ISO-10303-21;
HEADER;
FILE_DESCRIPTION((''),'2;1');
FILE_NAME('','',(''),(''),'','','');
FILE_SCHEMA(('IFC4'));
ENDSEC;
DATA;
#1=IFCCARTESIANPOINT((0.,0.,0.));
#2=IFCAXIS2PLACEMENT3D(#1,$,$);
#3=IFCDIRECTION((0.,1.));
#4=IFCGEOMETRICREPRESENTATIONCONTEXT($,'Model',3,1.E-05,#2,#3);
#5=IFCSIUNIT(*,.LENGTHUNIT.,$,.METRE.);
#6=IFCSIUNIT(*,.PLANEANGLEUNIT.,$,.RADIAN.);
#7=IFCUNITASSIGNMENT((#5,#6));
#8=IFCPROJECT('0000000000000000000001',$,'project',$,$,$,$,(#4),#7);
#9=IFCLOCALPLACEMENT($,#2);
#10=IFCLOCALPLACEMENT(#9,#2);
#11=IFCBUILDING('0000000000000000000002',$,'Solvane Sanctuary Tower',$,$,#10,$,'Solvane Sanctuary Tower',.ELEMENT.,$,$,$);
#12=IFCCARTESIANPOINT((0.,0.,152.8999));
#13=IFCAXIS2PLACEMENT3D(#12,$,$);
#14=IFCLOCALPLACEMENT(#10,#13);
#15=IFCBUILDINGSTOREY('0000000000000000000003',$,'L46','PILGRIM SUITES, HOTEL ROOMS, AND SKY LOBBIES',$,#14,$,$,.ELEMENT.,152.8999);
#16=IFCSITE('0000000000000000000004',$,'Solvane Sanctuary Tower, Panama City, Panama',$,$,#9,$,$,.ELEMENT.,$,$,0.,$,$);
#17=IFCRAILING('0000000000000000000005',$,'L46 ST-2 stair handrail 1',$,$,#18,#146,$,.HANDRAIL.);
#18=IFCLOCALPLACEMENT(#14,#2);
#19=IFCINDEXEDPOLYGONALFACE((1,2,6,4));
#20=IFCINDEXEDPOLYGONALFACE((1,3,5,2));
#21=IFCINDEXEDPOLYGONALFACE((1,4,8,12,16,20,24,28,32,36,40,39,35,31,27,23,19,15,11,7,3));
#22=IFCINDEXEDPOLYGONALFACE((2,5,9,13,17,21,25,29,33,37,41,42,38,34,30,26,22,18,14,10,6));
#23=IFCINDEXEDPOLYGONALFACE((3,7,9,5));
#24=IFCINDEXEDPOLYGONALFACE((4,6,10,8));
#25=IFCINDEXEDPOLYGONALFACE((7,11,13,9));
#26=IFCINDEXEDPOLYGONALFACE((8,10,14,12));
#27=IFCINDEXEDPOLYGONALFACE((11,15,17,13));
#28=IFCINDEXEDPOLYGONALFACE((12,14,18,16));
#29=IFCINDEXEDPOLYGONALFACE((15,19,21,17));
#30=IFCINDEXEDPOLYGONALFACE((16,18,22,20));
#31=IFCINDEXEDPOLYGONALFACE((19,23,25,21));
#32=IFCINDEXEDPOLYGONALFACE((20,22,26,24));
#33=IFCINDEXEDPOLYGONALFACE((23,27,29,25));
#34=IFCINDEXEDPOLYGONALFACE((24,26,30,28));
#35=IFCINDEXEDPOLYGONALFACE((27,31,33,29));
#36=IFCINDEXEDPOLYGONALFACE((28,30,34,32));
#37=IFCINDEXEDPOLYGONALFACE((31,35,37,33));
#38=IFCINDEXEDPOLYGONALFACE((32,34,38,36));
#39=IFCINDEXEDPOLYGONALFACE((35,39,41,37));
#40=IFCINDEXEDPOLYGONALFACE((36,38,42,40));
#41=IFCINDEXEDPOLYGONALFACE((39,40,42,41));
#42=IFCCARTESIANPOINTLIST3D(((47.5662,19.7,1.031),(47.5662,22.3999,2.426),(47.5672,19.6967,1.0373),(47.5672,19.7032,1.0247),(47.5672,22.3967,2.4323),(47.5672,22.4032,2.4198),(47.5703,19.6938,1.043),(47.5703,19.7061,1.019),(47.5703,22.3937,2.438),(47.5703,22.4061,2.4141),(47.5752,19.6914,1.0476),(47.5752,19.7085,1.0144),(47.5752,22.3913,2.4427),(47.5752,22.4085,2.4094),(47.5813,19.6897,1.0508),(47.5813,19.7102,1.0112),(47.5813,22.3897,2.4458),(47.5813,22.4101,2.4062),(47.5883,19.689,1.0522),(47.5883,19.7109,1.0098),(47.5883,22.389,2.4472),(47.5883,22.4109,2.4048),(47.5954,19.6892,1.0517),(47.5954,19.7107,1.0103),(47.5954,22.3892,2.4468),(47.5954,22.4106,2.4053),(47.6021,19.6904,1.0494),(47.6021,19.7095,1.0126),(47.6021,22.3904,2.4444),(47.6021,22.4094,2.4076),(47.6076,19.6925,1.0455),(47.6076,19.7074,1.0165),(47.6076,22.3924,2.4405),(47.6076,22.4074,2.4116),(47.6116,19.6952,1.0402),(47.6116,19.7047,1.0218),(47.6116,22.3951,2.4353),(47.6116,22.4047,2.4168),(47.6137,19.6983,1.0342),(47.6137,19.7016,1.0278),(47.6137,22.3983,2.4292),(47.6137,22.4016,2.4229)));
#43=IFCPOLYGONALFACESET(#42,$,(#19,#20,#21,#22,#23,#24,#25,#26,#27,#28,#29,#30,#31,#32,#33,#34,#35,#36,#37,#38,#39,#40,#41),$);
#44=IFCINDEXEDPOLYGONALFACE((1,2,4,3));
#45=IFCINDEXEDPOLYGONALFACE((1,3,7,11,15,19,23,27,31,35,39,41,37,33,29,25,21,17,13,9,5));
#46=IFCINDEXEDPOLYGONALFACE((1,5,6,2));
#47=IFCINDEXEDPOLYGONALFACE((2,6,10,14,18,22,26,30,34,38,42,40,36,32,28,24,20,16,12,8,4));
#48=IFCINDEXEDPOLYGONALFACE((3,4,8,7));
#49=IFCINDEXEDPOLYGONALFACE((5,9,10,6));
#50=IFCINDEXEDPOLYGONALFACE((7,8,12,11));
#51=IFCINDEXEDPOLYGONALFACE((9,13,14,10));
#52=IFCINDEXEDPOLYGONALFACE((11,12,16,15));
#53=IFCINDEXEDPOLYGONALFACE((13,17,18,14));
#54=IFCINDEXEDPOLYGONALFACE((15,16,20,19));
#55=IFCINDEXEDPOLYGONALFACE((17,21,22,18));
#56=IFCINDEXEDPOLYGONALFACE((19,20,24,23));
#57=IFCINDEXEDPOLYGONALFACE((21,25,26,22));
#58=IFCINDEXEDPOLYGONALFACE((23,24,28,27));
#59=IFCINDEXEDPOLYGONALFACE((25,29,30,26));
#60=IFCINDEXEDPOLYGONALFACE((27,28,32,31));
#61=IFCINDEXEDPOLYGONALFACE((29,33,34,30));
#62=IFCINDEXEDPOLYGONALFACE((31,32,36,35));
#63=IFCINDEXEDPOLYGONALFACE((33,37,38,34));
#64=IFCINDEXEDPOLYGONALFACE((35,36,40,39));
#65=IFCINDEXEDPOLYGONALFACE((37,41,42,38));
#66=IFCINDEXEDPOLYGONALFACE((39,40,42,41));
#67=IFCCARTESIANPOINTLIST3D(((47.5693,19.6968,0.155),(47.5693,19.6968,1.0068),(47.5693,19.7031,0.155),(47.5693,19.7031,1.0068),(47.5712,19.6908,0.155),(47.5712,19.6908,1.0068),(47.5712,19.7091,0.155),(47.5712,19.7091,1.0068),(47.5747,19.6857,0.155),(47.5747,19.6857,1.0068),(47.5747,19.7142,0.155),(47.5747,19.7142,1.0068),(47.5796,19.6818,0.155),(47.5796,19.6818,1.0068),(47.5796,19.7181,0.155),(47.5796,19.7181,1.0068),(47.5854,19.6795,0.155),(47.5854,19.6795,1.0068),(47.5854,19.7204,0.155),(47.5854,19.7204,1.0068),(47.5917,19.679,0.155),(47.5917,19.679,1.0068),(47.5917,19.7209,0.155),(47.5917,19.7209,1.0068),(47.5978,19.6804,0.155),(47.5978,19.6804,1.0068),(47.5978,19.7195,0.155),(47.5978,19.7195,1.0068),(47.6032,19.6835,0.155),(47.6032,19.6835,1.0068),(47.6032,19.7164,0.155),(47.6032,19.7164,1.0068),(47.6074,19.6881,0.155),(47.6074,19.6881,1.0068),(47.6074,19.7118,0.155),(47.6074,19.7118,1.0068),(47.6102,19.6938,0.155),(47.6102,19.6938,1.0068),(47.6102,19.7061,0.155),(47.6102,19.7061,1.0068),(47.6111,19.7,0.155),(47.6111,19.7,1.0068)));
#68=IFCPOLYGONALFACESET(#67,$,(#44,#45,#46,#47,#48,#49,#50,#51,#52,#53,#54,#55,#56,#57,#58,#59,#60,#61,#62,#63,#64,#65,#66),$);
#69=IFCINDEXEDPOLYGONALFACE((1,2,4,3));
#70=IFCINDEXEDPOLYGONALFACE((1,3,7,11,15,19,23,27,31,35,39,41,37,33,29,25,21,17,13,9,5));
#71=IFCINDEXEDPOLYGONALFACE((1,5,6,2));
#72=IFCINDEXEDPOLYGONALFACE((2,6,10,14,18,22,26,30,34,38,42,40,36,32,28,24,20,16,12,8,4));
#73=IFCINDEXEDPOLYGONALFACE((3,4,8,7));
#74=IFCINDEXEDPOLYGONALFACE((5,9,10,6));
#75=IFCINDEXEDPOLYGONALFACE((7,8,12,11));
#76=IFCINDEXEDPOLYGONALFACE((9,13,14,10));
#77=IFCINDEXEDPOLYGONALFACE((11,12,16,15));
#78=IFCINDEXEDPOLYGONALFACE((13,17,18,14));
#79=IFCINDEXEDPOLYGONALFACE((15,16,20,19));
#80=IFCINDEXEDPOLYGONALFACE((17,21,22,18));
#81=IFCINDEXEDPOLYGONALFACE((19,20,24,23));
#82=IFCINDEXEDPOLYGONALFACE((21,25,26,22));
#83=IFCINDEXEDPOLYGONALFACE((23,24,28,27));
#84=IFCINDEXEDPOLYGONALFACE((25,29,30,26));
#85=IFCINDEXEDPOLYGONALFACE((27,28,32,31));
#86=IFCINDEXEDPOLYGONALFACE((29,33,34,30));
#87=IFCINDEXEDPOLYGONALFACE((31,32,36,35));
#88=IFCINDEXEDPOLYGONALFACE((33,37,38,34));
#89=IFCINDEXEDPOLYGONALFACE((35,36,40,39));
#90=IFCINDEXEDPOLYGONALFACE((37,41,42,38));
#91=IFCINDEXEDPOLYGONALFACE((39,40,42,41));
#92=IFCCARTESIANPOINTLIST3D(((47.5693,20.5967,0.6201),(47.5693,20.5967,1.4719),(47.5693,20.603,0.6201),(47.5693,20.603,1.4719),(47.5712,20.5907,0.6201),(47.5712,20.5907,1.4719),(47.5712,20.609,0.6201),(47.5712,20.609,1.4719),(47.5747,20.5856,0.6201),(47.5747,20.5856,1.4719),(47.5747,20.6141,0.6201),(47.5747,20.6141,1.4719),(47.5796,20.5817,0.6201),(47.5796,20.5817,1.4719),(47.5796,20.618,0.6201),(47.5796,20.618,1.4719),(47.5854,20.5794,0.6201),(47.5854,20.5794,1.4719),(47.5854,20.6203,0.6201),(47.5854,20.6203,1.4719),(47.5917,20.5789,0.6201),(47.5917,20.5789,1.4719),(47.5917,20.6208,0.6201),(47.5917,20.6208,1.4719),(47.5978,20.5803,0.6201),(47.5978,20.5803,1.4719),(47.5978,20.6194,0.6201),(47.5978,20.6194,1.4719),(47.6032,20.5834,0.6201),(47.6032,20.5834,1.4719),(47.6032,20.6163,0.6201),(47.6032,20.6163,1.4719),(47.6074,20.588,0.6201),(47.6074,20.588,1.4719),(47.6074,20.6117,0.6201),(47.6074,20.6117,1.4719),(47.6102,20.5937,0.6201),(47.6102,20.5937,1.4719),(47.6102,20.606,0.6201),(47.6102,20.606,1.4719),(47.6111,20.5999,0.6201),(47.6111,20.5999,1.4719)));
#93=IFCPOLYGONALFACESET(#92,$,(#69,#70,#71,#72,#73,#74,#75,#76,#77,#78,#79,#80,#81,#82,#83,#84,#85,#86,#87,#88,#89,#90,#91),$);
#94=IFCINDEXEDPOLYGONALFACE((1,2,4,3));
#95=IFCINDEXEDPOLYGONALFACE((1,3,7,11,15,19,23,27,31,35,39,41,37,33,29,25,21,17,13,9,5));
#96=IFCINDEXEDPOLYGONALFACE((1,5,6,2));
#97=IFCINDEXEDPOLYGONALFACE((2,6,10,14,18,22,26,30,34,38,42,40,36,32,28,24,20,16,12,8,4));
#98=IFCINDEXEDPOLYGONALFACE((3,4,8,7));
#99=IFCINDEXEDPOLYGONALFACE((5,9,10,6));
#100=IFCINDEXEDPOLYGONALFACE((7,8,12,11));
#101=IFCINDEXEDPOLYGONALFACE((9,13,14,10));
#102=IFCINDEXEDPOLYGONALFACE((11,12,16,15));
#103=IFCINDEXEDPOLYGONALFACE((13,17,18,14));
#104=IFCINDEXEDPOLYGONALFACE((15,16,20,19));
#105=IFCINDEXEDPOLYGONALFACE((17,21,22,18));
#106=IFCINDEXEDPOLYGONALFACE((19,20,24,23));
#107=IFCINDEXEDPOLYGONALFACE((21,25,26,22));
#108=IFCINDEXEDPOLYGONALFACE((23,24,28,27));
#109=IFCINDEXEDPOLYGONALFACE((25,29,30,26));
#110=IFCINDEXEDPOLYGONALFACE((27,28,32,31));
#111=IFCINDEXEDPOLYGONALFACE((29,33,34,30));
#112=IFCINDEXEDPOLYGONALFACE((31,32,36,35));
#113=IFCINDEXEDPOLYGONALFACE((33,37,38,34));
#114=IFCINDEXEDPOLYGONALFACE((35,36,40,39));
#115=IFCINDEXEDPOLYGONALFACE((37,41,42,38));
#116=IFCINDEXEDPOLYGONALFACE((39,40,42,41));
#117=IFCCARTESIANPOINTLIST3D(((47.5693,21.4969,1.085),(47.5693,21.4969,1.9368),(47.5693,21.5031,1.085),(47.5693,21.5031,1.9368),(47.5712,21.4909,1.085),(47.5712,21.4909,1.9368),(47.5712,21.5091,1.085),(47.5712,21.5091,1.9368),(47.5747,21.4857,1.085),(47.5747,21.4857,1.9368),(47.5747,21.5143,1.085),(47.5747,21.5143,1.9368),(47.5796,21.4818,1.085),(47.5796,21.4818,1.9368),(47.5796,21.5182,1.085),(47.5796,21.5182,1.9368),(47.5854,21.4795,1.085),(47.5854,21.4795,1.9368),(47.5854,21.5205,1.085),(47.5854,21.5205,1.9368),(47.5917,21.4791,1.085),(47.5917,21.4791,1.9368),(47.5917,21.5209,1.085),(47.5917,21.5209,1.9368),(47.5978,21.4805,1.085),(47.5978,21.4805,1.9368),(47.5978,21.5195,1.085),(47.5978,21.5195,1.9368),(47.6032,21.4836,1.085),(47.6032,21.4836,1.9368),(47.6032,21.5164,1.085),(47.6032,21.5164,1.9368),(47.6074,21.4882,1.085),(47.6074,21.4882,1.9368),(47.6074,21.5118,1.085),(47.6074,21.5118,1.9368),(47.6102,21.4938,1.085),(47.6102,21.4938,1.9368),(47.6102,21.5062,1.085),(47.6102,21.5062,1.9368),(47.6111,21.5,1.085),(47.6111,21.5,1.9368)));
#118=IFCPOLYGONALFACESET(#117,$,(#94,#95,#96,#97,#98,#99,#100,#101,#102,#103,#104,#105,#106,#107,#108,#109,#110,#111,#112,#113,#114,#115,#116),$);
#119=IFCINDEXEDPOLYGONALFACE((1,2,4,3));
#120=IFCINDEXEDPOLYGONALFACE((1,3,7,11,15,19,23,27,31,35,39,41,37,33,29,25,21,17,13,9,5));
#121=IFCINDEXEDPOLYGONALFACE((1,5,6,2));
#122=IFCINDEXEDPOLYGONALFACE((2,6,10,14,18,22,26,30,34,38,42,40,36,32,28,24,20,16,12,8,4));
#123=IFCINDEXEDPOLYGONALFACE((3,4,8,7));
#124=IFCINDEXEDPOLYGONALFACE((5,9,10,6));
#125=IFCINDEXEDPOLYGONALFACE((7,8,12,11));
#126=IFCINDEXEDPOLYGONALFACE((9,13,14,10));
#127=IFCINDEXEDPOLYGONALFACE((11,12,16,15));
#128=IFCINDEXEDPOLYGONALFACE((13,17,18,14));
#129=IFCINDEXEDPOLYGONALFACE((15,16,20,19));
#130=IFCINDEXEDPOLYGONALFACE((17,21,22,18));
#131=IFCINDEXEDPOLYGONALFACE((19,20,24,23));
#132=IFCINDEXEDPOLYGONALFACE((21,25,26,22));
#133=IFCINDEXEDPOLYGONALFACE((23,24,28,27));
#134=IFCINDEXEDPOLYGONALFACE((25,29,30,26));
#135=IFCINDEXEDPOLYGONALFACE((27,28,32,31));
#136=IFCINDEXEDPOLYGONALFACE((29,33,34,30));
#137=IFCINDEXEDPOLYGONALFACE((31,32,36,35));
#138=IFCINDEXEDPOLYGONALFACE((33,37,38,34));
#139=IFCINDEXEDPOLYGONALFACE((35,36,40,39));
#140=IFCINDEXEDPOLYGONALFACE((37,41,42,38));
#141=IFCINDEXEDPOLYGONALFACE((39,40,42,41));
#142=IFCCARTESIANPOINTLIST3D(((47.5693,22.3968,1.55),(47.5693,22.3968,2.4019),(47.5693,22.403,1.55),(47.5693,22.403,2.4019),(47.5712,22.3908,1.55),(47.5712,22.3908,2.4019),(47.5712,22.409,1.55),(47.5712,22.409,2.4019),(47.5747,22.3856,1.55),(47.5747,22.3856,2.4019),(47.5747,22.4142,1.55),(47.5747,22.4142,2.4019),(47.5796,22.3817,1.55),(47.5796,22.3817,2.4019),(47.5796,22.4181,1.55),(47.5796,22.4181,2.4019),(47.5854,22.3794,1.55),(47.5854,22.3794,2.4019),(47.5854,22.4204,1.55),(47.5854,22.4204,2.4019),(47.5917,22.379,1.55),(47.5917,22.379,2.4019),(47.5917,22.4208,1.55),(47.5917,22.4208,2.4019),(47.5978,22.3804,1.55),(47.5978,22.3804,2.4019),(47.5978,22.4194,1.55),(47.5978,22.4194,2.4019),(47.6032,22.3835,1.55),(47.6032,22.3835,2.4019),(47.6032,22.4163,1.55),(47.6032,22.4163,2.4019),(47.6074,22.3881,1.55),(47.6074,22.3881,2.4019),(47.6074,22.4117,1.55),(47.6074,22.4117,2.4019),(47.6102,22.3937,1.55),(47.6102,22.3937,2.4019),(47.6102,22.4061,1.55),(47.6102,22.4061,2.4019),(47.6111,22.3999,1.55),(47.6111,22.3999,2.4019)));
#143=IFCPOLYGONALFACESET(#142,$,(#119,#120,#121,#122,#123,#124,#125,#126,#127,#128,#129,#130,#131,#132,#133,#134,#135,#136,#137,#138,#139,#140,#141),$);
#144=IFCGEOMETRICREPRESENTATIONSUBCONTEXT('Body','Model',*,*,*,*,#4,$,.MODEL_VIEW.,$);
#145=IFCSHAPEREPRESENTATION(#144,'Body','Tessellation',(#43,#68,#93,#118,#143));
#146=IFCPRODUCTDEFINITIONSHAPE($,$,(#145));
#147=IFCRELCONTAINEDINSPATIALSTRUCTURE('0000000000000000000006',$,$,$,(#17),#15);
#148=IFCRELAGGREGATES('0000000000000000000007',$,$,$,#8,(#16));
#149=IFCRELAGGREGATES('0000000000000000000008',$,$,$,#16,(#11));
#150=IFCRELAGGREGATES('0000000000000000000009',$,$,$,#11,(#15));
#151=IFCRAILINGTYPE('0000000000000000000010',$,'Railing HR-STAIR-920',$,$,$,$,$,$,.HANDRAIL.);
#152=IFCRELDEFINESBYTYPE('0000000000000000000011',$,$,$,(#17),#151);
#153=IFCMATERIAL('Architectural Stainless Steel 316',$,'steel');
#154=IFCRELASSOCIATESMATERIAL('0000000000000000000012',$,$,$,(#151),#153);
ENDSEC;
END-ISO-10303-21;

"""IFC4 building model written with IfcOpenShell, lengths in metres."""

from ifc_helpers import new_model, si_unit, direction, frame, origin, origin_2d, place, context, subcontext, project, spatial, circle, extrude, material, type_object, element, save


model = new_model("IFC4")

# Units and contexts
model_context = context("Model", 3, precision=1e-05, world=origin(), true_north=direction((0.0, 1.0)))
body_context = subcontext(model_context, "Body", "Model", "MODEL_VIEW")
ifc_project = project(units=[si_unit("LENGTHUNIT", "METRE"), si_unit("PLANEANGLEUNIT", "RADIAN")], contexts=[model_context])

# Site, building, storey
site_placement = place(None, origin())
site = spatial("IfcSite", under=ifc_project, at=site_placement, Name="Solvane Sanctuary Tower, Panama City, Panama", CompositionType="ELEMENT", RefElevation=0.0)
building_placement = place(site_placement, origin())
building = spatial("IfcBuilding", under=site, at=building_placement, Name="Solvane Sanctuary Tower", LongName="Solvane Sanctuary Tower", CompositionType="ELEMENT")
storey_placement = place(building_placement, frame((0.0, 0.0, 152.8999)))
storey = spatial("IfcBuildingStorey", under=building, at=storey_placement, Name="L46", Description="PILGRIM SUITES, HOTEL ROOMS, AND SKY LOBBIES", CompositionType="ELEMENT", Elevation=152.8999)

# Railing
ifc_material_1 = material(Name="Architectural Stainless Steel 316", Category="steel")
railing_type_1 = type_object("IfcRailingType", Name="Railing HR-STAIR-920", PredefinedType="HANDRAIL", material=ifc_material_1)
railing_1_placement = place(storey_placement, frame((47.5901, 19.7, 0.155)))
element("IfcRailing", 1, at=railing_1_placement, inside=storey, type_object=railing_type_1, Name="L46 ST-2 stair handrail 1", PredefinedType="HANDRAIL", context=body_context, shape_type="SweptSolid", body=[
    extrude(circle(Radius=0.0239, at=origin_2d()), frame((0.0, 0.0, 0.876), z_axis=(0.0, 0.88842, 0.459032), x_axis=(-1.0, 0.0, 0.0)), (0.0, 0.0, 1.0), 3.0391),
    extrude(circle(Radius=0.021, at=origin_2d()), origin(), (0.0, 0.0, 1.0), 0.8518),
    extrude(circle(Radius=0.021, at=origin_2d()), frame((0.0, 0.8999, 0.4651)), (0.0, 0.0, 1.0), 0.8518),
    extrude(circle(Radius=0.021, at=origin_2d()), frame((0.0, 1.8, 0.9299)), (0.0, 0.0, 1.0), 0.8518),
    extrude(circle(Radius=0.021, at=origin_2d()), frame((0.0, 2.7, 1.395)), (0.0, 0.0, 1.0), 0.8518),
])

save(model, "model.ifc")
